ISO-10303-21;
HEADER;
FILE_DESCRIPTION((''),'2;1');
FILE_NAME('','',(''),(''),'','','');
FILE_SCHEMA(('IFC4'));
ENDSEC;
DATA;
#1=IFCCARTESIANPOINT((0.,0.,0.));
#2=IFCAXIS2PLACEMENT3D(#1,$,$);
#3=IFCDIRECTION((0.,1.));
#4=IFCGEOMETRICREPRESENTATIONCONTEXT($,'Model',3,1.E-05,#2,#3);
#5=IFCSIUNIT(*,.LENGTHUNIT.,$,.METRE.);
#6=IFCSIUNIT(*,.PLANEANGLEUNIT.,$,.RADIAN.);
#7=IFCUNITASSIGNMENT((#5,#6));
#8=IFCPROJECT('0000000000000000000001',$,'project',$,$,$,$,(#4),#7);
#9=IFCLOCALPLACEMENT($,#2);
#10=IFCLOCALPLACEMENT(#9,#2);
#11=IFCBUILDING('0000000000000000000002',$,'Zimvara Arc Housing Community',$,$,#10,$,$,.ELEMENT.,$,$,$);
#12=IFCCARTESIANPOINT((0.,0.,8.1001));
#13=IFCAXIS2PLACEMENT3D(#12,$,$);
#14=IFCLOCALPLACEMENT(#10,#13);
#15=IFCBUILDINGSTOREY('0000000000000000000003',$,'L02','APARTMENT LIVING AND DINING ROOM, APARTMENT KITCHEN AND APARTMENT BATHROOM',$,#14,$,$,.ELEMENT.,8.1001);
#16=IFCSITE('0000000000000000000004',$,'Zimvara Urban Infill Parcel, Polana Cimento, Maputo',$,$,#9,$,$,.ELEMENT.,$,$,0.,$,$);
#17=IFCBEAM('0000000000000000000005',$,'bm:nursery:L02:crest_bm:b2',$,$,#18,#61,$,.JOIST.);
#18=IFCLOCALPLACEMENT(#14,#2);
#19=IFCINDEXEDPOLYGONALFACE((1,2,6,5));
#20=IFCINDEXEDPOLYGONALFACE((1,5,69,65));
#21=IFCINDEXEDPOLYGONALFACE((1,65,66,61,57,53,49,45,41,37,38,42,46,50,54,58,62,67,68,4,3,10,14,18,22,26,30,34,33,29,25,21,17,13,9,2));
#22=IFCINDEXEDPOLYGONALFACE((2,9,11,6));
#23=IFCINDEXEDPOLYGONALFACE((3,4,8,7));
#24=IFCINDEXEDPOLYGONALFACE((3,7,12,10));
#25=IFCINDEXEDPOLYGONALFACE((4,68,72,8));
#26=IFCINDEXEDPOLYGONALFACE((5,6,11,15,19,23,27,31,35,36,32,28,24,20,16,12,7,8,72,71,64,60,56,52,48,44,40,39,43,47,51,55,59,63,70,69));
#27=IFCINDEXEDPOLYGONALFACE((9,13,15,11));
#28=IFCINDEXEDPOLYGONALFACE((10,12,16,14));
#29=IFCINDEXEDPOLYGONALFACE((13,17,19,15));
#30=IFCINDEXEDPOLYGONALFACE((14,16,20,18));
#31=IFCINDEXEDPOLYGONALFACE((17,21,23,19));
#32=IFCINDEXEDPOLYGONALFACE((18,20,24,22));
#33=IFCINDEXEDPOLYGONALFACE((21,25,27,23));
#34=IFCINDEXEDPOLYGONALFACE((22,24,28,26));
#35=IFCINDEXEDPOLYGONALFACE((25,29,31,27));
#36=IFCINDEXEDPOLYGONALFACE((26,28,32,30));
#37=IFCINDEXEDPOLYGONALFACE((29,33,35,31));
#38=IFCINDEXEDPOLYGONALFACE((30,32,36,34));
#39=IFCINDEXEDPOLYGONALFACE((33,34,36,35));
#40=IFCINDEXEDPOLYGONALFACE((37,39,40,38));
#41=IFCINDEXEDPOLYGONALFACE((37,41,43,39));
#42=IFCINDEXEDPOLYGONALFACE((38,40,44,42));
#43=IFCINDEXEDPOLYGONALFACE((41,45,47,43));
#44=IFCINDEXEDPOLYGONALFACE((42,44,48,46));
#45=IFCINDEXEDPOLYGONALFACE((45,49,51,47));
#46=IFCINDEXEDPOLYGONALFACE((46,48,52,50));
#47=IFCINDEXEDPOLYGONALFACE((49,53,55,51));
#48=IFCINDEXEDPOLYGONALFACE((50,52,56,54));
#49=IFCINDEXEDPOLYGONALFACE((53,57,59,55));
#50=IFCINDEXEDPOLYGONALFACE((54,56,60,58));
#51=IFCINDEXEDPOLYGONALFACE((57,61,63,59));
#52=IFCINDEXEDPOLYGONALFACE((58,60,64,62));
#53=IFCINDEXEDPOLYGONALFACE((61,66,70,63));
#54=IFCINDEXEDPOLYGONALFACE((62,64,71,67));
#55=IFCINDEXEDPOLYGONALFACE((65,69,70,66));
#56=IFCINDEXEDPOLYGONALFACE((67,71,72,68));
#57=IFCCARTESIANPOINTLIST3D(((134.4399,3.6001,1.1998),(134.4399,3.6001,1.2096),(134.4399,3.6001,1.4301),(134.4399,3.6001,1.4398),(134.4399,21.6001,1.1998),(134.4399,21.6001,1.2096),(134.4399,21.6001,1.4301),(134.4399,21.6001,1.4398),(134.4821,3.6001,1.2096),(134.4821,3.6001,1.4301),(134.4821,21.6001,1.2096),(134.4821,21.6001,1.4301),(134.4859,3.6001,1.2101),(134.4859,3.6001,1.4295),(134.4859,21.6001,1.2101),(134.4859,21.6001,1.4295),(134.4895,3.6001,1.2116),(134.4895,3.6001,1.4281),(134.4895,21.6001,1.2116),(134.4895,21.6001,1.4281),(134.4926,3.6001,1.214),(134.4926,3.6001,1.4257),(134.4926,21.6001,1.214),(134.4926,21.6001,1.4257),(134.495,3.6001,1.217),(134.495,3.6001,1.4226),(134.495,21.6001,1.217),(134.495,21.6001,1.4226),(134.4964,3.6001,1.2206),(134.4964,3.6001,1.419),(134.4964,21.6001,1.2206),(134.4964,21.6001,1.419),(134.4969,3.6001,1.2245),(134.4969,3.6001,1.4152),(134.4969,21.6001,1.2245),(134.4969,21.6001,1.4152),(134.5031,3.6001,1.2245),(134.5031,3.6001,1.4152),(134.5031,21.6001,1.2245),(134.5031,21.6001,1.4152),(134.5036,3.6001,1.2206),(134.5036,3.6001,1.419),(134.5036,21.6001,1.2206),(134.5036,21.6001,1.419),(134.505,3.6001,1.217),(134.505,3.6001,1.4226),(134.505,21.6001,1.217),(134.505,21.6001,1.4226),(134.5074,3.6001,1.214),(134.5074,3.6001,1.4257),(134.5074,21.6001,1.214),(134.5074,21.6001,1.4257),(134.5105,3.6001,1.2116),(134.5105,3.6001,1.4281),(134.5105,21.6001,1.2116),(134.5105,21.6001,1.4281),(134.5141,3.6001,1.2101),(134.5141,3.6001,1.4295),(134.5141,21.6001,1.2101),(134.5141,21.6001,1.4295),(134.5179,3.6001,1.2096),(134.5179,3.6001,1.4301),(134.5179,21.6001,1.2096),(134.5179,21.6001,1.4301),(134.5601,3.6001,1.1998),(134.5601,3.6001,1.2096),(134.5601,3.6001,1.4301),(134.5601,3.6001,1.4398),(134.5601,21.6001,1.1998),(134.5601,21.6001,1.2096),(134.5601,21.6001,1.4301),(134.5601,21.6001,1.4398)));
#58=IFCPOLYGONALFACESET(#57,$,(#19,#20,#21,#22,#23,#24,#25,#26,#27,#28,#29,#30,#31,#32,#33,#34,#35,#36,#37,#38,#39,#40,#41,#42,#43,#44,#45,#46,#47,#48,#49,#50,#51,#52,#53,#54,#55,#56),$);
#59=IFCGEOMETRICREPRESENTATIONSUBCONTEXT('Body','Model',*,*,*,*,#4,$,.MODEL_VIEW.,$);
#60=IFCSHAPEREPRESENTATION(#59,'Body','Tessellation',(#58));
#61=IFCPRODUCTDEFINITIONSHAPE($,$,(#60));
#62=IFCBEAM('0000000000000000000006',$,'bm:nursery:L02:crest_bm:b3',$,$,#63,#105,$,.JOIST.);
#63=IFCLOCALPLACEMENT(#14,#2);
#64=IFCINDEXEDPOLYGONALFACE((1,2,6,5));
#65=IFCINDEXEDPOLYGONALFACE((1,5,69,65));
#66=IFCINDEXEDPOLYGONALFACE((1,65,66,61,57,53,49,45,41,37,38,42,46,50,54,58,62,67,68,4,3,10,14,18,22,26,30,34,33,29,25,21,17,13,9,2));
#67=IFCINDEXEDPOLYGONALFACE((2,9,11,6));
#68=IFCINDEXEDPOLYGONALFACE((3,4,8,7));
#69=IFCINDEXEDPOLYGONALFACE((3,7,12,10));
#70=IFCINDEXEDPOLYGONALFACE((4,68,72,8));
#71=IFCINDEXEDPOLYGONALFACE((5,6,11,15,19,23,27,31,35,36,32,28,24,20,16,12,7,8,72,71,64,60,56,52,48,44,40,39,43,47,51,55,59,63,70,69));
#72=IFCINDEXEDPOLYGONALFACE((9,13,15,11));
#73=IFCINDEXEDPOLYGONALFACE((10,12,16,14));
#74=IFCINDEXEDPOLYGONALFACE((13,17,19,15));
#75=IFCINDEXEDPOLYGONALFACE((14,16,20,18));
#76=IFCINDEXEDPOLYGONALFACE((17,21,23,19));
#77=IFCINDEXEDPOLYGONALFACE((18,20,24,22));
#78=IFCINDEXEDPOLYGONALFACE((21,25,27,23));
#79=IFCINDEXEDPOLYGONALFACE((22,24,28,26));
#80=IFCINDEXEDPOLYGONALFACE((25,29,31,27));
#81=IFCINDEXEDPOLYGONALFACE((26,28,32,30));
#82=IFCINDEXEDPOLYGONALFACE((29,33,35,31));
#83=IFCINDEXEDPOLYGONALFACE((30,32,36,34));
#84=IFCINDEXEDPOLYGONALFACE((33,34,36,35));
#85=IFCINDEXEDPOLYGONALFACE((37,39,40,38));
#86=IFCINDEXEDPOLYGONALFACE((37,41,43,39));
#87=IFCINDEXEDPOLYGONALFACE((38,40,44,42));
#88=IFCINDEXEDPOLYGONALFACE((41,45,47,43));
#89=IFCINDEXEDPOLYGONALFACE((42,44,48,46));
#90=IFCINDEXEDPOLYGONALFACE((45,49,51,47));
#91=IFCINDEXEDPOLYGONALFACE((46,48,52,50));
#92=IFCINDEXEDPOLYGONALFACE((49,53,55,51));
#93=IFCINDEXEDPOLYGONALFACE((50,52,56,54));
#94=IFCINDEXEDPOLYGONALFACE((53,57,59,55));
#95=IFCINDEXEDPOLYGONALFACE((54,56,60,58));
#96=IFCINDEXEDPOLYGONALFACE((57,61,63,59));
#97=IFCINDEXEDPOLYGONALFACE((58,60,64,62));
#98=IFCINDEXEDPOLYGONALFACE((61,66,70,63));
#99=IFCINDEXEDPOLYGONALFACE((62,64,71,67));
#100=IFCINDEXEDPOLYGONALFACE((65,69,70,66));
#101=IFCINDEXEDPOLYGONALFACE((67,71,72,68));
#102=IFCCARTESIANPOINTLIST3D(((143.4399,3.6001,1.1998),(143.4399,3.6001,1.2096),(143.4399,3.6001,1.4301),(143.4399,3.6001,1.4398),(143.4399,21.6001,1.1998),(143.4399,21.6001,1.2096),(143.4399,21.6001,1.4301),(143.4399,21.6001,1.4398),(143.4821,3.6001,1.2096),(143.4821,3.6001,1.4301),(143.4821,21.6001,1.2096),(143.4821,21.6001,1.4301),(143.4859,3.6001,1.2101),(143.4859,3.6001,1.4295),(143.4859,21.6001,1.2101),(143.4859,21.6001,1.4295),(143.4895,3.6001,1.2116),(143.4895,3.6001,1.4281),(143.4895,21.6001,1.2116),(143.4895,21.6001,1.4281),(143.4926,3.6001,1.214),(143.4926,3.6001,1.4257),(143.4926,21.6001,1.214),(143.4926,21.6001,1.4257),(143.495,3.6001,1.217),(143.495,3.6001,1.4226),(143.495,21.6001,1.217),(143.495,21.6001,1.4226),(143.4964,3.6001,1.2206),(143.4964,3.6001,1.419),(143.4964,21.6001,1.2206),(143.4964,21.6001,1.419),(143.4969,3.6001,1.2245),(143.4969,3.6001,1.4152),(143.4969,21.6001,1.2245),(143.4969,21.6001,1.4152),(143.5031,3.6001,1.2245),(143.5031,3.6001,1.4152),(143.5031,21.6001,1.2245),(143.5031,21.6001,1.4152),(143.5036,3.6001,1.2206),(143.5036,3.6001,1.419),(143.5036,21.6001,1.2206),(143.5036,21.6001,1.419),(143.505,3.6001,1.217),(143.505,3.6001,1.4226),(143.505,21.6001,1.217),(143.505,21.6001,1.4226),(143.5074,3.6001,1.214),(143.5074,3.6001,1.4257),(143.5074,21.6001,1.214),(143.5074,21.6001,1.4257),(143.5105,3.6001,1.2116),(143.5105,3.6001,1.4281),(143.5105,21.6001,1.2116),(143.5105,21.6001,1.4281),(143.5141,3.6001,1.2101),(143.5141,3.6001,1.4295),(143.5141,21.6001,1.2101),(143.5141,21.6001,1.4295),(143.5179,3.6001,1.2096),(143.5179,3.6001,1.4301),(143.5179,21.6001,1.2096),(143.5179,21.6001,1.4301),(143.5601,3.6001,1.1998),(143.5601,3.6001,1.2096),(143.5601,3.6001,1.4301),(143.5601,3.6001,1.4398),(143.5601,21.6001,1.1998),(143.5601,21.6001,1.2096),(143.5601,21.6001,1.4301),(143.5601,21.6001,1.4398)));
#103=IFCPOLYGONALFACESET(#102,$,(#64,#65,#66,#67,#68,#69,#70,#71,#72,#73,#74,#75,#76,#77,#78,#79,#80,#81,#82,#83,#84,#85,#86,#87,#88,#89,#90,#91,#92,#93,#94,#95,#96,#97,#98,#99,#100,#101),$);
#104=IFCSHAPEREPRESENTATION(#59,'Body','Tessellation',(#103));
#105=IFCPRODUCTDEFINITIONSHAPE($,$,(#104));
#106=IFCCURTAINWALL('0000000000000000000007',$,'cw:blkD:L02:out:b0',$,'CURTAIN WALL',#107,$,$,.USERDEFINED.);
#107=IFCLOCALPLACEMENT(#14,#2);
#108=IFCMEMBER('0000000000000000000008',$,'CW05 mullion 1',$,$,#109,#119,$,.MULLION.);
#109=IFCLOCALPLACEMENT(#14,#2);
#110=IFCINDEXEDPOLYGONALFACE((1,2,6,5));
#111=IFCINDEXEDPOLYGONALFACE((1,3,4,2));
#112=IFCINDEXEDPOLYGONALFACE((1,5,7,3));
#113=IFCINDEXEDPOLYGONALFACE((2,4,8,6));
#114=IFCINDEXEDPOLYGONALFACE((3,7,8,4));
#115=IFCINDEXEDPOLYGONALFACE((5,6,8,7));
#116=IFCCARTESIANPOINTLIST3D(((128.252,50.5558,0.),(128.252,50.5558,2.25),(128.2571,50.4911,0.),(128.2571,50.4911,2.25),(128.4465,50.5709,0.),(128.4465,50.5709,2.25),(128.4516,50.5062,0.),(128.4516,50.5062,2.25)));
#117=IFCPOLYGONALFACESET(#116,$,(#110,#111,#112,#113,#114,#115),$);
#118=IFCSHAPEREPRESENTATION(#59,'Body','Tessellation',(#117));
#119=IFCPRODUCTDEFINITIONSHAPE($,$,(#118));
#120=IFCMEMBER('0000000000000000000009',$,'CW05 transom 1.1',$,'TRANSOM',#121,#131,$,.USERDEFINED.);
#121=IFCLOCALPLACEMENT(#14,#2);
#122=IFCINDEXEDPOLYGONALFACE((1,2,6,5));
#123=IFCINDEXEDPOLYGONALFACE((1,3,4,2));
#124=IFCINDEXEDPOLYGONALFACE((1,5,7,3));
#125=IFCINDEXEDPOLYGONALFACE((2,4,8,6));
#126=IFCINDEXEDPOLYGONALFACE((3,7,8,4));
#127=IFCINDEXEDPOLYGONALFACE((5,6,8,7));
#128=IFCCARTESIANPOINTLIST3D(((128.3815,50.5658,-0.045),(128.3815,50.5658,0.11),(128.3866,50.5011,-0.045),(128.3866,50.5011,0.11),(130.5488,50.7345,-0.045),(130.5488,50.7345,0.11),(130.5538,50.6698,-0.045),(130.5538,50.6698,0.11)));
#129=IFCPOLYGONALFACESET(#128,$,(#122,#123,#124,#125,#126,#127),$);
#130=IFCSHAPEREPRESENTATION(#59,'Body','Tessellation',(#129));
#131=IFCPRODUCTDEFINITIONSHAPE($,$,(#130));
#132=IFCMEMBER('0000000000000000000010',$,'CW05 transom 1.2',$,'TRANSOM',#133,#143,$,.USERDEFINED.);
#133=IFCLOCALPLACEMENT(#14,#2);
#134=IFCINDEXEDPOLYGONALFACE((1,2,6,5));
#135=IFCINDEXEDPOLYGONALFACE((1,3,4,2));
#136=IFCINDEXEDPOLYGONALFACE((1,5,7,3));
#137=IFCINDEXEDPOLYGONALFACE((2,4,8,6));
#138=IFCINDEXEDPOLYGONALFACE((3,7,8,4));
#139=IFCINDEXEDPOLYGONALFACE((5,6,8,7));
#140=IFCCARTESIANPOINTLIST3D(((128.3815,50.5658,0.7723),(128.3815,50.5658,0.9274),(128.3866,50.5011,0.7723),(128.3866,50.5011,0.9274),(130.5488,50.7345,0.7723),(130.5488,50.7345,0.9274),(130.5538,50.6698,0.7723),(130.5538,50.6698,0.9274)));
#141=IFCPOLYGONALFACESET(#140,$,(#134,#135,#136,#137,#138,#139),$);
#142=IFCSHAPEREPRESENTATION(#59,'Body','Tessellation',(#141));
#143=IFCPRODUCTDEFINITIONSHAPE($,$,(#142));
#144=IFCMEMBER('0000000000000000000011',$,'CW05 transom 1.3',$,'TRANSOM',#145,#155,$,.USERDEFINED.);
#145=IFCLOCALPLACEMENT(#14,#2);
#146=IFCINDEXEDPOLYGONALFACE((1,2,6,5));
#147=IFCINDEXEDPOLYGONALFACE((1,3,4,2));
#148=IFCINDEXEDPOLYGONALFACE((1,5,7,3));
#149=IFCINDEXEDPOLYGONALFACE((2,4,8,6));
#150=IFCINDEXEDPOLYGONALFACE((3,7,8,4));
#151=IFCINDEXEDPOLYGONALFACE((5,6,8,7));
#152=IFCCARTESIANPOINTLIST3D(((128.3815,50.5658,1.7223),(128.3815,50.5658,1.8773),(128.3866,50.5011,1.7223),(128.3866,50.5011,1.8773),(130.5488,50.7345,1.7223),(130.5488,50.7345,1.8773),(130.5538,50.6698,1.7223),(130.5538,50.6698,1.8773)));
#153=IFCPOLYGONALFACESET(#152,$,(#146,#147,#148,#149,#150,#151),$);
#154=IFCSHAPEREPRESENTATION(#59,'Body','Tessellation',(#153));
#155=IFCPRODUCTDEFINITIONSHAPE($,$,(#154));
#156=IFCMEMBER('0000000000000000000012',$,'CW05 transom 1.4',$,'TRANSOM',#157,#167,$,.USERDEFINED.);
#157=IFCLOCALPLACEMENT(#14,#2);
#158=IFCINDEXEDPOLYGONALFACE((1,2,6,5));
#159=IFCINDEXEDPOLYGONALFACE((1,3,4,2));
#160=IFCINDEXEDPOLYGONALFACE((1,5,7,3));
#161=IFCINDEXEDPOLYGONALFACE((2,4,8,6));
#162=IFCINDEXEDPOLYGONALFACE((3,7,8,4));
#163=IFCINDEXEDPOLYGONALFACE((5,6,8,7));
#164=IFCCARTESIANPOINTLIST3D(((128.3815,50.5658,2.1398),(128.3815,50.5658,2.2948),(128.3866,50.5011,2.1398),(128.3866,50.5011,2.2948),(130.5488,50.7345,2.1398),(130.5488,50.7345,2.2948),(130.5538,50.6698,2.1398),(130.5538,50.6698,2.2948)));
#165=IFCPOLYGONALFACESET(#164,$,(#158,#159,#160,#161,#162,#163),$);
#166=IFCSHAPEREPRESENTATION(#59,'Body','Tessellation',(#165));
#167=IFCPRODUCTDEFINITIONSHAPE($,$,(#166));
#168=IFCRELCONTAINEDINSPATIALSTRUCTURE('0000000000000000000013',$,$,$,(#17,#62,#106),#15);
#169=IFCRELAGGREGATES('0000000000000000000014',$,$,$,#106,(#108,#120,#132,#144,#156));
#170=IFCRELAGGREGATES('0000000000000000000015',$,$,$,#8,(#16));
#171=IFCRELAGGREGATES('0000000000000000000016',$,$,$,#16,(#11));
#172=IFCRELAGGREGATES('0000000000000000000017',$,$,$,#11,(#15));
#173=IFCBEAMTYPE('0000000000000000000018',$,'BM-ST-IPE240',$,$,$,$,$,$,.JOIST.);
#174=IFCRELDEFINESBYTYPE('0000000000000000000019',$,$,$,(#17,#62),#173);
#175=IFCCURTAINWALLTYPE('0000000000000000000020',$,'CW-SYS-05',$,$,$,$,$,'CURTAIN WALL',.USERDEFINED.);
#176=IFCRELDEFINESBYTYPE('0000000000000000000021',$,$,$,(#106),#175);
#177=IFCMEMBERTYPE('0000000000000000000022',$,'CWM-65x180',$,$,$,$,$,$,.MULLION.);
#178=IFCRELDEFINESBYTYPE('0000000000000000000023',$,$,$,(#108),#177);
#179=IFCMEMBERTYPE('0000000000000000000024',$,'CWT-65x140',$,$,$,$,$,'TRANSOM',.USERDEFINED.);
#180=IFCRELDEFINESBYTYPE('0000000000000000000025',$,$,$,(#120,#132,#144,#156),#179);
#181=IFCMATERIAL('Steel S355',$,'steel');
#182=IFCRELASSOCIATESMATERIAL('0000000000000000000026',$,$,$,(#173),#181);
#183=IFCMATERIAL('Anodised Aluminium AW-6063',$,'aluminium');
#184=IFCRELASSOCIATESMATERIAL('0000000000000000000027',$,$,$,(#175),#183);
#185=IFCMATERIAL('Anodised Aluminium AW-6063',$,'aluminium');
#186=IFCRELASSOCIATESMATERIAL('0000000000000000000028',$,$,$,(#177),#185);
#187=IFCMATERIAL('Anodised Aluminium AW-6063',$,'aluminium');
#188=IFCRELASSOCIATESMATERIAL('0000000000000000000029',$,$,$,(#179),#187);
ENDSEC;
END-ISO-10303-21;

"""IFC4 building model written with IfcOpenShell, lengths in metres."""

from ifc_helpers import new_model, si_unit, direction, frame, origin, origin_2d, place, context, subcontext, project, spatial, rectangle, i_section, extrude, material, material_profile, profile_set, type_object, element, aggregate, save


model = new_model("IFC4")

# Units and contexts
model_context = context("Model", 3, precision=1e-05, world=origin(), true_north=direction((0.0, 1.0)))
body_context = subcontext(model_context, "Body", "Model", "MODEL_VIEW")
ifc_project = project(units=[si_unit("LENGTHUNIT", "METRE"), si_unit("PLANEANGLEUNIT", "RADIAN")], contexts=[model_context])

# Site, building, storey
site_placement = place(None, origin())
site = spatial("IfcSite", under=ifc_project, at=site_placement, Name="Zimvara Urban Infill Parcel, Polana Cimento, Maputo", CompositionType="ELEMENT", RefElevation=0.0)
building_placement = place(site_placement, origin())
building = spatial("IfcBuilding", under=site, at=building_placement, Name="Zimvara Arc Housing Community", CompositionType="ELEMENT")
storey_placement = place(building_placement, frame((0.0, 0.0, 8.1001)))
storey = spatial("IfcBuildingStorey", under=building, at=storey_placement, Name="L02", Description="APARTMENT LIVING AND DINING ROOM, APARTMENT KITCHEN AND APARTMENT BATHROOM", CompositionType="ELEMENT", Elevation=8.1001)

# Beams
ifc_material_1 = material(Name="Steel S355", Category="steel")
ifc_material_profile_1 = material_profile(ifc_material_1, i_section(OverallWidth=0.1201, OverallDepth=0.24, WebThickness=0.0061, FlangeThickness=0.0098, FilletRadius=0.0149, at=origin_2d()), Name="IPE 240")
ifc_profile_set_1 = profile_set([ifc_material_profile_1], Name="Steel S355")
beam_type_1 = type_object("IfcBeamType", Name="BM-ST-IPE240", PredefinedType="JOIST", material=ifc_profile_set_1)
for number, where, z_axis, x_axis, name in (
    (1, (134.5, 3.6001, 1.3198), (0.0, 1.0, 0.0), (-1.0, 0.0, 0.0), "bm:nursery:L02:crest_bm:b2"),
    (2, (143.5, 3.6001, 1.3198), (0.0, 1.0, 0.0), (-1.0, 0.0, 0.0), "bm:nursery:L02:crest_bm:b3"),
):
    element("IfcBeam", number, at=place(storey_placement, frame(where, z_axis=z_axis, x_axis=x_axis)), inside=storey, type_object=beam_type_1, Name=name, PredefinedType="JOIST", context=body_context, shape_type="SweptSolid", body=[
        extrude(i_section(OverallWidth=0.1201, OverallDepth=0.24, WebThickness=0.0061, FlangeThickness=0.0098, FilletRadius=0.0149, at=origin_2d()), origin(), (0.0, 0.0, 1.0), 18.0),
    ])

# Curtain wall, members
ifc_material_2 = material(Name="Anodised Aluminium AW-6063", Category="aluminium")
curtain_wall_type = type_object("IfcCurtainWallType", Name="CW-SYS-05", ElementType="CURTAIN WALL", PredefinedType="USERDEFINED", material=ifc_material_2)
curtain_wall_placement = place(storey_placement, origin())
curtain_wall = element("IfcCurtainWall", 3, at=curtain_wall_placement, inside=storey, type_object=curtain_wall_type, Name="cw:blkD:L02:out:b0", ObjectType="CURTAIN WALL", PredefinedType="USERDEFINED")
ifc_material_3 = material(Name="Anodised Aluminium AW-6063", Category="aluminium")
ifc_material_profile_2 = material_profile(ifc_material_3, rectangle(XDim=0.0649, YDim=0.1951, at=origin_2d()), Name="ALU 65x195")
ifc_profile_set_2 = profile_set([ifc_material_profile_2], Name="Anodised Aluminium AW-6063")
member_type_1 = type_object("IfcMemberType", Name="CWM-65x180", PredefinedType="MULLION", material=ifc_profile_set_2)
member_1_placement = place(storey_placement, frame((128.3518, 50.531, 0.0), z_axis=(0.0, 0.0, 1.0), x_axis=(-0.07759, 0.996985, 0.0)))
member_1 = element("IfcMember", 4, at=member_1_placement, type_object=member_type_1, Name="CW05 mullion 1", PredefinedType="MULLION", context=body_context, shape_type="SweptSolid", body=[
    extrude(rectangle(XDim=0.0649, YDim=0.1951, at=origin_2d()), origin(), (0.0, 0.0, 1.0), 2.25),
])
ifc_material_4 = material(Name="Anodised Aluminium AW-6063", Category="aluminium")
ifc_material_profile_3 = material_profile(ifc_material_4, rectangle(XDim=0.0649, YDim=0.155, at=origin_2d()), Name="ALU 65x155")
ifc_profile_set_3 = profile_set([ifc_material_profile_3], Name="Anodised Aluminium AW-6063")
member_type_2 = type_object("IfcMemberType", Name="CWT-65x140", ElementType="TRANSOM", PredefinedType="USERDEFINED", material=ifc_profile_set_3)
member_2_placement = place(storey_placement, frame((128.384, 50.5334, 0.0325), z_axis=(0.996984, 0.077607, 0.0), x_axis=(-0.077607, 0.996984, 0.0)))
member_2 = element("IfcMember", 5, at=member_2_placement, type_object=member_type_2, Name="CW05 transom 1.1", ObjectType="TRANSOM", PredefinedType="USERDEFINED", context=body_context, shape_type="SweptSolid", body=[
    extrude(rectangle(XDim=0.0649, YDim=0.155, at=origin_2d()), origin(), (0.0, 0.0, 1.0), 2.1738),
])
member_3_placement = place(storey_placement, frame((128.384, 50.5334, 0.8499), z_axis=(0.996984, 0.077607, 0.0), x_axis=(-0.077607, 0.996984, 0.0)))
member_3 = element("IfcMember", 6, at=member_3_placement, type_object=member_type_2, Name="CW05 transom 1.2", ObjectType="TRANSOM", PredefinedType="USERDEFINED", context=body_context, shape_type="SweptSolid", body=[
    extrude(rectangle(XDim=0.0649, YDim=0.155, at=origin_2d()), origin(), (0.0, 0.0, 1.0), 2.1738),
])
member_4_placement = place(storey_placement, frame((128.384, 50.5334, 1.7998), z_axis=(0.996984, 0.077607, 0.0), x_axis=(-0.077607, 0.996984, 0.0)))
member_4 = element("IfcMember", 7, at=member_4_placement, type_object=member_type_2, Name="CW05 transom 1.3", ObjectType="TRANSOM", PredefinedType="USERDEFINED", context=body_context, shape_type="SweptSolid", body=[
    extrude(rectangle(XDim=0.0649, YDim=0.155, at=origin_2d()), origin(), (0.0, 0.0, 1.0), 2.1738),
])
member_5_placement = place(storey_placement, frame((128.384, 50.5334, 2.2173), z_axis=(0.996984, 0.077607, 0.0), x_axis=(-0.077607, 0.996984, 0.0)))
member_5 = element("IfcMember", 8, at=member_5_placement, type_object=member_type_2, Name="CW05 transom 1.4", ObjectType="TRANSOM", PredefinedType="USERDEFINED", context=body_context, shape_type="SweptSolid", body=[
    extrude(rectangle(XDim=0.0649, YDim=0.155, at=origin_2d()), origin(), (0.0, 0.0, 1.0), 2.1738),
])
aggregate(curtain_wall, [member_1, member_2, member_3, member_4, member_5])

save(model, "model.ifc")
